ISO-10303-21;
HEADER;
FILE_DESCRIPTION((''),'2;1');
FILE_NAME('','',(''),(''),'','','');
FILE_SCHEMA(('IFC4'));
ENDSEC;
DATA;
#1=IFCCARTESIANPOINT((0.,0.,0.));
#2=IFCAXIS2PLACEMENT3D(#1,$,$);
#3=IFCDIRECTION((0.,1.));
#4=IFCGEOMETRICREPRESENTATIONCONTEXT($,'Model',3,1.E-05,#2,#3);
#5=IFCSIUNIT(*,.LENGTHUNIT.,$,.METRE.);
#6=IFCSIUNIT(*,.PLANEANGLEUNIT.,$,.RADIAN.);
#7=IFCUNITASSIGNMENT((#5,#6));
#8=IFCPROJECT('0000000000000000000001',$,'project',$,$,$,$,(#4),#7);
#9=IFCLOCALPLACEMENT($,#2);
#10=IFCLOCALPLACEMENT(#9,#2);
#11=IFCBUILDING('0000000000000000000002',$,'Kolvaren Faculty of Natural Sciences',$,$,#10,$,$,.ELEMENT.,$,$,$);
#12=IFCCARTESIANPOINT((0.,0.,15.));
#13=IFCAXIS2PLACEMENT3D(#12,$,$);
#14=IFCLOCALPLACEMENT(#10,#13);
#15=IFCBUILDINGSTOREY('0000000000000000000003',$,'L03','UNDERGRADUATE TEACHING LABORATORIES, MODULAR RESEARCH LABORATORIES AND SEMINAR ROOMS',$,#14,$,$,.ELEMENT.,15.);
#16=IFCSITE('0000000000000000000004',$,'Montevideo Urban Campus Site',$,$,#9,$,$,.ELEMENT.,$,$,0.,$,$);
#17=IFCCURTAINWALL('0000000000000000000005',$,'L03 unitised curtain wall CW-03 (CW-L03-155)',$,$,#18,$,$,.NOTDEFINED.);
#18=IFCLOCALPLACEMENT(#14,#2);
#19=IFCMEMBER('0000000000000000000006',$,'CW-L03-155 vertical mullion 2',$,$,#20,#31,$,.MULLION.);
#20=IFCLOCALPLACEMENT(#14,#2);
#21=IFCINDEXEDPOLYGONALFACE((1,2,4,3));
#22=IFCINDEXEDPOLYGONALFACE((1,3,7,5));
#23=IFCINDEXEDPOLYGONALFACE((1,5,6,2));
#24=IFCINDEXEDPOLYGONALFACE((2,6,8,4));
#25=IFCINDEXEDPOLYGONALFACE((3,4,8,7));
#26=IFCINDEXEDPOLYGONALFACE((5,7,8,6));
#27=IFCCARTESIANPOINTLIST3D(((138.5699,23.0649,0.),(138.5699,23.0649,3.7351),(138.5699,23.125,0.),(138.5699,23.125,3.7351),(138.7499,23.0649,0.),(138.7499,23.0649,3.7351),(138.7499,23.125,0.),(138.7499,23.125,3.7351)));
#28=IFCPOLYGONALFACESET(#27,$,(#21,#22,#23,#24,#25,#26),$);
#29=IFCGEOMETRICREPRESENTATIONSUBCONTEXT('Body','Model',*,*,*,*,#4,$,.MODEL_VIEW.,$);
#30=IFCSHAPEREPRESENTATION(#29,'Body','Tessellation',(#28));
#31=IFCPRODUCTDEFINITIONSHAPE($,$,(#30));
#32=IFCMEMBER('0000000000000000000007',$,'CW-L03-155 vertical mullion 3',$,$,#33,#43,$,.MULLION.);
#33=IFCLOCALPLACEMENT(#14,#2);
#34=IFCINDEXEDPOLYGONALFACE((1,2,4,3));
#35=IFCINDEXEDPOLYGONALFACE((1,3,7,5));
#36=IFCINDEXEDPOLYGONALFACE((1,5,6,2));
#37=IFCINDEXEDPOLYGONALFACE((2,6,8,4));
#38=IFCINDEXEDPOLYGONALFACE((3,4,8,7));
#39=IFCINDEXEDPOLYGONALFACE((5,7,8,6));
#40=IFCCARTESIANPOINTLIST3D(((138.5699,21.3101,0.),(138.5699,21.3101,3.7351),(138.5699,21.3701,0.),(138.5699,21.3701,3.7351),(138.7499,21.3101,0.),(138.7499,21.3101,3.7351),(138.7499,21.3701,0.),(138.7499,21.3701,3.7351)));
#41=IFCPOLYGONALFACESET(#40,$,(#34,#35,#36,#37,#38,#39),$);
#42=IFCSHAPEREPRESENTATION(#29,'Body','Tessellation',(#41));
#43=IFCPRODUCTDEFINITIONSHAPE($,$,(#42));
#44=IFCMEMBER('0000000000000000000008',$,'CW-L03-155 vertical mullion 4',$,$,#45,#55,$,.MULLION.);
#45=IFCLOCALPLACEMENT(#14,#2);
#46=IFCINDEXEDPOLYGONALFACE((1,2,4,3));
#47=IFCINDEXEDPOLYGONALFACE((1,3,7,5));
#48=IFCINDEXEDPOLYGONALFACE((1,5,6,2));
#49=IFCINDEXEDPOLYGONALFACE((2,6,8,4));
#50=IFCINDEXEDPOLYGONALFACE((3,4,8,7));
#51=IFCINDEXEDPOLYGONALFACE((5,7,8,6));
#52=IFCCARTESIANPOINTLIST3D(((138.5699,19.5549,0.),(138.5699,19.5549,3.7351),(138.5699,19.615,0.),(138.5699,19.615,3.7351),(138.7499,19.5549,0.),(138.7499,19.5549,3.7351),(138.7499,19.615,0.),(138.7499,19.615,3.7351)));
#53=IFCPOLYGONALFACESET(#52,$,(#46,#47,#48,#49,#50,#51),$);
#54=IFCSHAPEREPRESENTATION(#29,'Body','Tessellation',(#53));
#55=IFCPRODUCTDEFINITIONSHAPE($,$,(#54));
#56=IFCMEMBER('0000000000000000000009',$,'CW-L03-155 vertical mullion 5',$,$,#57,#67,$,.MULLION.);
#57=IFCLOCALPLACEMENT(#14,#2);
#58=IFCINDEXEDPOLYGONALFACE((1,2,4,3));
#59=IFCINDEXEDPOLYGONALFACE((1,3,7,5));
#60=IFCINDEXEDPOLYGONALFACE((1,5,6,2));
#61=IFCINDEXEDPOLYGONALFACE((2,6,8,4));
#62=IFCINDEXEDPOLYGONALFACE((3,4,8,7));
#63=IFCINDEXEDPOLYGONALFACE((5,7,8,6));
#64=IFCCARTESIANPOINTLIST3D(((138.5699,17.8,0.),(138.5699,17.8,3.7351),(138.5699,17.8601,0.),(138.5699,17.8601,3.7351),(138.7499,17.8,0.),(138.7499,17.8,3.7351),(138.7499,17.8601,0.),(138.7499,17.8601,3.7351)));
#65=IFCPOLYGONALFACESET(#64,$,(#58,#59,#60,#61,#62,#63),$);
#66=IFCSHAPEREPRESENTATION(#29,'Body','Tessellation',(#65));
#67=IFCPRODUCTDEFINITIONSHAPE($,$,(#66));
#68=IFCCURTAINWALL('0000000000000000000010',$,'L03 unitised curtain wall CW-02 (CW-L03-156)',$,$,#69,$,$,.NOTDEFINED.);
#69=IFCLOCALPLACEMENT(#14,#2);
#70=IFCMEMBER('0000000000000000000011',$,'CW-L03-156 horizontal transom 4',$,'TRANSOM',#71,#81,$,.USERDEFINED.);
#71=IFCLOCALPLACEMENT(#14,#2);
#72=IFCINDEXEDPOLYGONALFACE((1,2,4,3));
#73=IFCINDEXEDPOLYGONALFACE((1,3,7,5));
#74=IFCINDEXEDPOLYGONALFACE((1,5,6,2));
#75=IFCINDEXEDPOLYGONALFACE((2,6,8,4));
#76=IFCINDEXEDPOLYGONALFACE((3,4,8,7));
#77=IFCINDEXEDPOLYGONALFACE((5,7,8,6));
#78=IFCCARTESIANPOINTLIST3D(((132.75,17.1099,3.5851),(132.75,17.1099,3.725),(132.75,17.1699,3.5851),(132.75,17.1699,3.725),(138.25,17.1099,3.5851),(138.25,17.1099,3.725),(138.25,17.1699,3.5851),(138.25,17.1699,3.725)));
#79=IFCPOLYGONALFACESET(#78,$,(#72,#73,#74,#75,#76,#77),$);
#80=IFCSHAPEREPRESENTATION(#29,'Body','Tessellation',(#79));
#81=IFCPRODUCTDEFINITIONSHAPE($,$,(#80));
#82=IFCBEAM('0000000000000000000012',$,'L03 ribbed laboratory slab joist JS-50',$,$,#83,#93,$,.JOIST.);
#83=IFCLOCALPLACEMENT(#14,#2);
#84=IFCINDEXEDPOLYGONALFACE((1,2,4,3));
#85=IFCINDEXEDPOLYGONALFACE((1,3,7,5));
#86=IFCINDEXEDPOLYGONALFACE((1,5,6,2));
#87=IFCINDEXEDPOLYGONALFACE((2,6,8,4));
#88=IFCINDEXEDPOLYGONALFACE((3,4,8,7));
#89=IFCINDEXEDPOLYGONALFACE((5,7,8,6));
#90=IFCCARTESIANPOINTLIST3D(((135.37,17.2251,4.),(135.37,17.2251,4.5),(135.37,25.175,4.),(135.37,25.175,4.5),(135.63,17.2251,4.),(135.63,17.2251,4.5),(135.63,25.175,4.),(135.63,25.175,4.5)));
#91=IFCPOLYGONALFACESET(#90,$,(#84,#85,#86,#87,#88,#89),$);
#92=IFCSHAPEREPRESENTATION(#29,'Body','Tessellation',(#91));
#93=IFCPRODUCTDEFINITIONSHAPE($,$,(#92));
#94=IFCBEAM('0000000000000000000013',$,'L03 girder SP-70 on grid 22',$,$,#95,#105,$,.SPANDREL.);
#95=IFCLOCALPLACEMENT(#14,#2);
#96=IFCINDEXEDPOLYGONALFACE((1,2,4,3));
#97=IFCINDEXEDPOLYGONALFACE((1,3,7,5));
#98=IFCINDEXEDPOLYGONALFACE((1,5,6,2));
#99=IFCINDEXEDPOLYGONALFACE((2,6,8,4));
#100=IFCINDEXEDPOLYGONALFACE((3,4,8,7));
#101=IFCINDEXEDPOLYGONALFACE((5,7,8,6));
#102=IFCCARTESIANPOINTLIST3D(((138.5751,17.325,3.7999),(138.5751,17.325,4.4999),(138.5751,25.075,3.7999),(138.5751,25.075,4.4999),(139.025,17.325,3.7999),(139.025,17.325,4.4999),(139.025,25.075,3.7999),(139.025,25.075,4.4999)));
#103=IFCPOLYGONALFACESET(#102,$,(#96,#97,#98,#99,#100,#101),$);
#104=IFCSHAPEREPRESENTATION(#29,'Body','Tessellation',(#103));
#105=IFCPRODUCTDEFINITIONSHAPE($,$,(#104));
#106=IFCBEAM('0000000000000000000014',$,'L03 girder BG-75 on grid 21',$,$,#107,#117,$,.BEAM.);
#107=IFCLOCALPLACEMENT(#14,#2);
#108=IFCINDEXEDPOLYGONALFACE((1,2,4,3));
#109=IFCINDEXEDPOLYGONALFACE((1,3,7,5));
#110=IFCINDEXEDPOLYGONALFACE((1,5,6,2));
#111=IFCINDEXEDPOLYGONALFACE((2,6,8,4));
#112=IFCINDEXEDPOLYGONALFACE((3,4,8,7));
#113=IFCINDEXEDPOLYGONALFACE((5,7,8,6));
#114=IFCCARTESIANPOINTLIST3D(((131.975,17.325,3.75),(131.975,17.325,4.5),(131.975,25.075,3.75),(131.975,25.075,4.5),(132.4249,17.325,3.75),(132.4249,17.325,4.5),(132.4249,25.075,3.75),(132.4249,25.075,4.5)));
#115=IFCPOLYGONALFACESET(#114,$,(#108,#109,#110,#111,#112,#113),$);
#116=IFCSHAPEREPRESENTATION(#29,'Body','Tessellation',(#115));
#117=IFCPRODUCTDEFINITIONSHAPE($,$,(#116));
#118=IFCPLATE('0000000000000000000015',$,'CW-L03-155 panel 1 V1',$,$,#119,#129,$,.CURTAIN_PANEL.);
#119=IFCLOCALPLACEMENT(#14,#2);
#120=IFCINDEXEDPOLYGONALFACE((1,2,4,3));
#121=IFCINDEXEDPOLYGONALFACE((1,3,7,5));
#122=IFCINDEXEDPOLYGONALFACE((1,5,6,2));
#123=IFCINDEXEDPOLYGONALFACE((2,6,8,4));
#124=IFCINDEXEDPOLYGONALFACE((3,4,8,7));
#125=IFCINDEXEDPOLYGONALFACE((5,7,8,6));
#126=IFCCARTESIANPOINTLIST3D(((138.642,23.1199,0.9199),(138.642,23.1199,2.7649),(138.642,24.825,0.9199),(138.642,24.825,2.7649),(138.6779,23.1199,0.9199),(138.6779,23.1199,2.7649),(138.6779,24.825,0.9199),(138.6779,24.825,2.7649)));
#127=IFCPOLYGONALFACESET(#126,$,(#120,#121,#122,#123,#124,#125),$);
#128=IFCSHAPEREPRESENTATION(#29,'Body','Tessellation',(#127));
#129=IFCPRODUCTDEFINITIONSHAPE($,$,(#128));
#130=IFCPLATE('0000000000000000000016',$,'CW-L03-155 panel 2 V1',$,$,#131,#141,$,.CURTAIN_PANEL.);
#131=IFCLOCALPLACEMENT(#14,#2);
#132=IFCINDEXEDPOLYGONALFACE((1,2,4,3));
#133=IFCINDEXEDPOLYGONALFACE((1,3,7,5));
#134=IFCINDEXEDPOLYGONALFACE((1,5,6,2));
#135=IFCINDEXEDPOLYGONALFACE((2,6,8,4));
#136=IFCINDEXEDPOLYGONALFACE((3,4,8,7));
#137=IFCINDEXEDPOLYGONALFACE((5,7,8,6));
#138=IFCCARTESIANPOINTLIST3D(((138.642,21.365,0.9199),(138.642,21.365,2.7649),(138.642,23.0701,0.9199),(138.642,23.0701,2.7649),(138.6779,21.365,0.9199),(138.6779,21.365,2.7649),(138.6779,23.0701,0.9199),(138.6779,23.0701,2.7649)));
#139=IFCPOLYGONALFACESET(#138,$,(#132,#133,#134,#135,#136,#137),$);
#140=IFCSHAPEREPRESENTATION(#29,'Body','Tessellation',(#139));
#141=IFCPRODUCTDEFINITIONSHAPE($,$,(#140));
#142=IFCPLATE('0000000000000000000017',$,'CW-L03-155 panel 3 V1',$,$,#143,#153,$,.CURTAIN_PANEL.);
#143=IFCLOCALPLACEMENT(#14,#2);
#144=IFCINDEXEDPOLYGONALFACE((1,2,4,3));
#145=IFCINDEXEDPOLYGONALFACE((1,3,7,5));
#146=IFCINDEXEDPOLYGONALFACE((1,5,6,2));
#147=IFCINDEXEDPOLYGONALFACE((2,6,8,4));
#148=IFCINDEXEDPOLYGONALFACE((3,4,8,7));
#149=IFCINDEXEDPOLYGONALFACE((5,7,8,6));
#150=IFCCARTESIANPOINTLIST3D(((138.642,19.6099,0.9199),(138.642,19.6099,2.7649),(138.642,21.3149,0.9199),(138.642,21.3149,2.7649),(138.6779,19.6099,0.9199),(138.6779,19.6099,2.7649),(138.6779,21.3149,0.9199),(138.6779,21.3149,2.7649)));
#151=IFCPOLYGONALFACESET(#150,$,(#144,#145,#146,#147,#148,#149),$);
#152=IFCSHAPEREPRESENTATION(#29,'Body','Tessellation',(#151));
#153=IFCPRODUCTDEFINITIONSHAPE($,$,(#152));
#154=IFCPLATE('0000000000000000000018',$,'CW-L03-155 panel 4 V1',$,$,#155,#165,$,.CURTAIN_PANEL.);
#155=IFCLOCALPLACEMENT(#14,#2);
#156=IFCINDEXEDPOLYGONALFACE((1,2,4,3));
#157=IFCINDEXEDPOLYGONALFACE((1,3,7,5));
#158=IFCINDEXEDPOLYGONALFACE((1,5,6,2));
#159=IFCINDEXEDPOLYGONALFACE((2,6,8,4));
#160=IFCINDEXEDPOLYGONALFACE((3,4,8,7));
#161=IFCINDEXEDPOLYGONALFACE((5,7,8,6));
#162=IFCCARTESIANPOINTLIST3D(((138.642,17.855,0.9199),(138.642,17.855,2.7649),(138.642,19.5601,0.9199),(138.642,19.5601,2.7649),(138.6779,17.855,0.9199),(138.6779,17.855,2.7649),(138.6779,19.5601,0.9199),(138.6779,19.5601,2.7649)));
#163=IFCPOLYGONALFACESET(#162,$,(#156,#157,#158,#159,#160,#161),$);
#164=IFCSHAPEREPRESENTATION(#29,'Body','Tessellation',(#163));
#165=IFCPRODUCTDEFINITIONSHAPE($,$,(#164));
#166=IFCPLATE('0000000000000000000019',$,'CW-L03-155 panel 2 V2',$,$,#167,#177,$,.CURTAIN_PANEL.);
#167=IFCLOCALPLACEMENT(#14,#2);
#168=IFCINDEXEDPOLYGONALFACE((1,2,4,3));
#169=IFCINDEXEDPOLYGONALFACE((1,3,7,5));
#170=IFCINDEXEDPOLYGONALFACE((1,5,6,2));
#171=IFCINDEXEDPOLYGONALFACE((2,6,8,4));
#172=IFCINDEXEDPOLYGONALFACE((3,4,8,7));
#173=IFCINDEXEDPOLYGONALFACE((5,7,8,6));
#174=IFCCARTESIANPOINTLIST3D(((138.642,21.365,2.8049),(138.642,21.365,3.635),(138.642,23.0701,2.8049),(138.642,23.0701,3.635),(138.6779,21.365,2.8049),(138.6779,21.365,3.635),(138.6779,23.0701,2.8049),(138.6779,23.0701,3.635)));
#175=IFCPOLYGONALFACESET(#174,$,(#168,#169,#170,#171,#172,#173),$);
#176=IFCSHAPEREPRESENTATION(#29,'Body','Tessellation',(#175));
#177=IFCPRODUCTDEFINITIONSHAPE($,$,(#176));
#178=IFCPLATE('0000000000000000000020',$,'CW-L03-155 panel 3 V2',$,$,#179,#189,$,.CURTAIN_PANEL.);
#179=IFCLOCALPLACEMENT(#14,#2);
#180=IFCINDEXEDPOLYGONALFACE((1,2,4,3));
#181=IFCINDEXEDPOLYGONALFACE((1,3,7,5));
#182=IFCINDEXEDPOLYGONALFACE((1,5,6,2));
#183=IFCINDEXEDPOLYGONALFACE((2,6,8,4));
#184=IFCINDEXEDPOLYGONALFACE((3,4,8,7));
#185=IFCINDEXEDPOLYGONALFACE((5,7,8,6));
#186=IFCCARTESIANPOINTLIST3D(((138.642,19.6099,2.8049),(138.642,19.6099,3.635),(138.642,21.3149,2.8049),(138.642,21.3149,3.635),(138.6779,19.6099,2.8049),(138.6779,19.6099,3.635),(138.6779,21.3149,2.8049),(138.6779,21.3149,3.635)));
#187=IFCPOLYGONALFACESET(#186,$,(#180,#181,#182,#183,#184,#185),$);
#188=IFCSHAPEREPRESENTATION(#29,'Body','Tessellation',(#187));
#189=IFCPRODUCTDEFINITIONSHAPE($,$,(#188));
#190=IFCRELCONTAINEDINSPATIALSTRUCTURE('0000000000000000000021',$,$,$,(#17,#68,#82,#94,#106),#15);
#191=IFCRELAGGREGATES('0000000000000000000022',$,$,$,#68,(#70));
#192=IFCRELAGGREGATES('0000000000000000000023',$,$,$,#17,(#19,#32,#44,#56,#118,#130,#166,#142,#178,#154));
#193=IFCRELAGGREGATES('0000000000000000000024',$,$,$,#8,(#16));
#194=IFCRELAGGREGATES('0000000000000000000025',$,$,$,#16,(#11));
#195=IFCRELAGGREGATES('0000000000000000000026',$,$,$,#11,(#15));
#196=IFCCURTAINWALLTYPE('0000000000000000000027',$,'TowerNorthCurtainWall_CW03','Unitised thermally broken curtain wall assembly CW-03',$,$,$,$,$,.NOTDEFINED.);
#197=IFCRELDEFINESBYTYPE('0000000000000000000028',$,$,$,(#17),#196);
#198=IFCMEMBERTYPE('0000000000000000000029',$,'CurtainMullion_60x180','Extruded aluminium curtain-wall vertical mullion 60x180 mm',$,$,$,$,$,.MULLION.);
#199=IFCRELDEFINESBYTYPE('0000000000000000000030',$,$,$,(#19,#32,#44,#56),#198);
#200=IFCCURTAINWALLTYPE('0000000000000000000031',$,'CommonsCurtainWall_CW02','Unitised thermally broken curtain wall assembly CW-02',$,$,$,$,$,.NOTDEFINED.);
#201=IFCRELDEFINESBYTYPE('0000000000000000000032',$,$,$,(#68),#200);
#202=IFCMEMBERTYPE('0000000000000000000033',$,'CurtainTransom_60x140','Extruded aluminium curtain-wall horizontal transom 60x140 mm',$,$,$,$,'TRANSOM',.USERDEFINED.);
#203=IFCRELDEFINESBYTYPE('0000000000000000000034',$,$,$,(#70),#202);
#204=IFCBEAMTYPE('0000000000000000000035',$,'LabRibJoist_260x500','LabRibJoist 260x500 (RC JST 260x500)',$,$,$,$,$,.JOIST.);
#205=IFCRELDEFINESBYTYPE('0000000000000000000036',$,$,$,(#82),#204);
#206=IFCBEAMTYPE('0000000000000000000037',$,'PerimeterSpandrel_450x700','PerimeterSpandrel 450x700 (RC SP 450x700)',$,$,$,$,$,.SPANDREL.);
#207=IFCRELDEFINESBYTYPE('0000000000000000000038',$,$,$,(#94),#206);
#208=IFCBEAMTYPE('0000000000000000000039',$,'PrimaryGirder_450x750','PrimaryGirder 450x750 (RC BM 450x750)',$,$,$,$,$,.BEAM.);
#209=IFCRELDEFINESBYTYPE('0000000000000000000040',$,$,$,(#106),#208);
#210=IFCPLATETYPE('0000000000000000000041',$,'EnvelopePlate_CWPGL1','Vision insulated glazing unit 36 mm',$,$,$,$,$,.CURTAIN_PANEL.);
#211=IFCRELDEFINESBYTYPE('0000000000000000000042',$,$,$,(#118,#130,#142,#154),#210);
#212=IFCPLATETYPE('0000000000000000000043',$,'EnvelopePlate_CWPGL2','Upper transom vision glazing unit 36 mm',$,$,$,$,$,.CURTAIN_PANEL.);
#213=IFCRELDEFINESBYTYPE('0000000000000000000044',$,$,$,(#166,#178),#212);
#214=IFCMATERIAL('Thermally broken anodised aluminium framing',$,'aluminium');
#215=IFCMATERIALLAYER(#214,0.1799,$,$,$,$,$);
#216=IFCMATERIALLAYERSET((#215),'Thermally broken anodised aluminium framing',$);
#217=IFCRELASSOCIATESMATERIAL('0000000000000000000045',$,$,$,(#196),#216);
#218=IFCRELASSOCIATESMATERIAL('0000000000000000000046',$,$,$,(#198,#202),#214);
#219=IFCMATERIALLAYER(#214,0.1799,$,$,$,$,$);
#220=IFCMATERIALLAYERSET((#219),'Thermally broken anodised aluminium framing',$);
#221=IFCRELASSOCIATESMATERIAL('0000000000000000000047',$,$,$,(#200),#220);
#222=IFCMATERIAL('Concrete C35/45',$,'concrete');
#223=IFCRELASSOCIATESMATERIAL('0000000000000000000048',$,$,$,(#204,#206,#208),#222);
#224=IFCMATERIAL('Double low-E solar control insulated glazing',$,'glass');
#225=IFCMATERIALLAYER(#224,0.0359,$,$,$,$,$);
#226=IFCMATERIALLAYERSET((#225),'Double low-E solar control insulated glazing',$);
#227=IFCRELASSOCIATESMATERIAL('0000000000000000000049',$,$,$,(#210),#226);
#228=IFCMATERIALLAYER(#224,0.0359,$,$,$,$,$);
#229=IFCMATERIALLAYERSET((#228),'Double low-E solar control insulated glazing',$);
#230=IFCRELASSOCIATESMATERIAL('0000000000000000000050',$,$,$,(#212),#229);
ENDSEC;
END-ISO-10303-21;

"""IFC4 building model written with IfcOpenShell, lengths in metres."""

from ifc_helpers import new_model, si_unit, direction, frame, origin, origin_2d, place, context, subcontext, project, spatial, rectangle, extrude, material, layer, layer_set, material_profile, profile_set, type_object, element, aggregate, save


model = new_model("IFC4")

# Units and contexts
model_context = context("Model", 3, precision=1e-05, world=origin(), true_north=direction((0.0, 1.0)))
body_context = subcontext(model_context, "Body", "Model", "MODEL_VIEW")
ifc_project = project(units=[si_unit("LENGTHUNIT", "METRE"), si_unit("PLANEANGLEUNIT", "RADIAN")], contexts=[model_context])

# Site, building, storey
site_placement = place(None, origin())
site = spatial("IfcSite", under=ifc_project, at=site_placement, Name="Montevideo Urban Campus Site", CompositionType="ELEMENT", RefElevation=0.0)
building_placement = place(site_placement, origin())
building = spatial("IfcBuilding", under=site, at=building_placement, Name="Kolvaren Faculty of Natural Sciences", CompositionType="ELEMENT")
storey_placement = place(building_placement, frame((0.0, 0.0, 15.0)))
storey = spatial("IfcBuildingStorey", under=building, at=storey_placement, Name="L03", Description="UNDERGRADUATE TEACHING LABORATORIES, MODULAR RESEARCH LABORATORIES AND SEMINAR ROOMS", CompositionType="ELEMENT", Elevation=15.0)

# Curtain wall, members
ifc_material_1 = material(Name="Thermally broken anodised aluminium framing", Category="aluminium")
ifc_layer_1 = layer(ifc_material_1, 0.1799)
ifc_layer_set_1 = layer_set([ifc_layer_1], Name="Thermally broken anodised aluminium framing")
curtain_wall_type_1 = type_object("IfcCurtainWallType", Name="TowerNorthCurtainWall_CW03", Description="Unitised thermally broken curtain wall assembly CW-03", PredefinedType="NOTDEFINED", material=ifc_layer_set_1)
curtain_wall_1_placement = place(storey_placement, origin())
curtain_wall_1 = element("IfcCurtainWall", 1, at=curtain_wall_1_placement, inside=storey, type_object=curtain_wall_type_1, Name="L03 unitised curtain wall CW-03 (CW-L03-155)", PredefinedType="NOTDEFINED")
ifc_material_profile_1 = material_profile(ifc_material_1, rectangle(XDim=0.0601, YDim=0.1799, at=origin_2d()), Name="ALU MUL 60x180")
ifc_profile_set_1 = profile_set([ifc_material_profile_1], Name="Thermally broken anodised aluminium framing")
member_type_1 = type_object("IfcMemberType", Name="CurtainMullion_60x180", Description="Extruded aluminium curtain-wall vertical mullion 60x180 mm", PredefinedType="MULLION", material=ifc_profile_set_1)
member_1_placement = place(storey_placement, frame((138.6599, 23.095, 0.0), z_axis=(0.0, 0.0, 1.0), x_axis=(0.0, -1.0, 0.0)))
member_1 = element("IfcMember", 2, at=member_1_placement, type_object=member_type_1, Name="CW-L03-155 vertical mullion 2", PredefinedType="MULLION", context=body_context, shape_type="SweptSolid", body=[
    extrude(rectangle(XDim=0.0601, YDim=0.1799, at=origin_2d()), origin(), (0.0, 0.0, 1.0), 3.7351),
])
member_2_placement = place(storey_placement, frame((138.6599, 21.3401, 0.0), z_axis=(0.0, 0.0, 1.0), x_axis=(0.0, -1.0, 0.0)))
member_2 = element("IfcMember", 3, at=member_2_placement, type_object=member_type_1, Name="CW-L03-155 vertical mullion 3", PredefinedType="MULLION", context=body_context, shape_type="SweptSolid", body=[
    extrude(rectangle(XDim=0.0601, YDim=0.1799, at=origin_2d()), origin(), (0.0, 0.0, 1.0), 3.7351),
])
member_3_placement = place(storey_placement, frame((138.6599, 19.585, 0.0), z_axis=(0.0, 0.0, 1.0), x_axis=(0.0, -1.0, 0.0)))
member_3 = element("IfcMember", 4, at=member_3_placement, type_object=member_type_1, Name="CW-L03-155 vertical mullion 4", PredefinedType="MULLION", context=body_context, shape_type="SweptSolid", body=[
    extrude(rectangle(XDim=0.0601, YDim=0.1799, at=origin_2d()), origin(), (0.0, 0.0, 1.0), 3.7351),
])
member_4_placement = place(storey_placement, frame((138.6599, 17.8301, 0.0), z_axis=(0.0, 0.0, 1.0), x_axis=(0.0, -1.0, 0.0)))
member_4 = element("IfcMember", 5, at=member_4_placement, type_object=member_type_1, Name="CW-L03-155 vertical mullion 5", PredefinedType="MULLION", context=body_context, shape_type="SweptSolid", body=[
    extrude(rectangle(XDim=0.0601, YDim=0.1799, at=origin_2d()), origin(), (0.0, 0.0, 1.0), 3.7351),
])

# Curtain wall, member
ifc_layer_2 = layer(ifc_material_1, 0.1799)
ifc_layer_set_2 = layer_set([ifc_layer_2], Name="Thermally broken anodised aluminium framing")
curtain_wall_type_2 = type_object("IfcCurtainWallType", Name="CommonsCurtainWall_CW02", Description="Unitised thermally broken curtain wall assembly CW-02", PredefinedType="NOTDEFINED", material=ifc_layer_set_2)
curtain_wall_2_placement = place(storey_placement, origin())
curtain_wall_2 = element("IfcCurtainWall", 6, at=curtain_wall_2_placement, inside=storey, type_object=curtain_wall_type_2, Name="L03 unitised curtain wall CW-02 (CW-L03-156)", PredefinedType="NOTDEFINED")
ifc_material_profile_2 = material_profile(ifc_material_1, rectangle(XDim=0.0601, YDim=0.1399, at=origin_2d()), Name="ALU TRN 60x140")
ifc_profile_set_2 = profile_set([ifc_material_profile_2], Name="Thermally broken anodised aluminium framing")
member_type_2 = type_object("IfcMemberType", Name="CurtainTransom_60x140", Description="Extruded aluminium curtain-wall horizontal transom 60x140 mm", ElementType="TRANSOM", PredefinedType="USERDEFINED", material=ifc_profile_set_2)
member_5_placement = place(storey_placement, frame((138.25, 17.1399, 3.655), z_axis=(-1.0, 0.0, 0.0), x_axis=(0.0, -1.0, 0.0)))
member_5 = element("IfcMember", 7, at=member_5_placement, type_object=member_type_2, Name="CW-L03-156 horizontal transom 4", ObjectType="TRANSOM", PredefinedType="USERDEFINED", context=body_context, shape_type="SweptSolid", body=[
    extrude(rectangle(XDim=0.0601, YDim=0.1399, at=origin_2d()), origin(), (0.0, 0.0, 1.0), 5.5),
])
aggregate(curtain_wall_2, [member_5])

# Beams
ifc_material_2 = material(Name="Concrete C35/45", Category="concrete")
ifc_material_profile_3 = material_profile(ifc_material_2, rectangle(XDim=0.26, YDim=0.5, at=origin_2d()), Name="RC JST 260x500")
ifc_profile_set_3 = profile_set([ifc_material_profile_3], Name="Concrete C35/45")
beam_type_1 = type_object("IfcBeamType", Name="LabRibJoist_260x500", Description="LabRibJoist 260x500 (RC JST 260x500)", PredefinedType="JOIST", material=ifc_profile_set_3)
beam_1_placement = place(storey_placement, frame((135.5, 17.2251, 4.25), z_axis=(0.0, 1.0, 0.0), x_axis=(-1.0, 0.0, 0.0)))
element("IfcBeam", 8, at=beam_1_placement, inside=storey, type_object=beam_type_1, Name="L03 ribbed laboratory slab joist JS-50", PredefinedType="JOIST", context=body_context, shape_type="SweptSolid", body=[
    extrude(rectangle(XDim=0.26, YDim=0.5, at=origin_2d()), origin(), (0.0, 0.0, 1.0), 7.95),
])
ifc_material_profile_4 = material_profile(ifc_material_2, rectangle(XDim=0.45, YDim=0.7, at=origin_2d()), Name="RC SP 450x700")
ifc_profile_set_4 = profile_set([ifc_material_profile_4], Name="Concrete C35/45")
beam_type_2 = type_object("IfcBeamType", Name="PerimeterSpandrel_450x700", Description="PerimeterSpandrel 450x700 (RC SP 450x700)", PredefinedType="SPANDREL", material=ifc_profile_set_4)
beam_2_placement = place(storey_placement, frame((138.8, 17.325, 4.1499), z_axis=(0.0, 1.0, 0.0), x_axis=(-1.0, 0.0, 0.0)))
element("IfcBeam", 9, at=beam_2_placement, inside=storey, type_object=beam_type_2, Name="L03 girder SP-70 on grid 22", PredefinedType="SPANDREL", context=body_context, shape_type="SweptSolid", body=[
    extrude(rectangle(XDim=0.45, YDim=0.7, at=origin_2d()), origin(), (0.0, 0.0, 1.0), 7.75),
])
ifc_material_profile_5 = material_profile(ifc_material_2, rectangle(XDim=0.45, YDim=0.75, at=origin_2d()), Name="RC BM 450x750")
ifc_profile_set_5 = profile_set([ifc_material_profile_5], Name="Concrete C35/45")
beam_type_3 = type_object("IfcBeamType", Name="PrimaryGirder_450x750", Description="PrimaryGirder 450x750 (RC BM 450x750)", PredefinedType="BEAM", material=ifc_profile_set_5)
beam_3_placement = place(storey_placement, frame((132.2, 17.325, 4.125), z_axis=(0.0, 1.0, 0.0), x_axis=(-1.0, 0.0, 0.0)))
element("IfcBeam", 10, at=beam_3_placement, inside=storey, type_object=beam_type_3, Name="L03 girder BG-75 on grid 21", PredefinedType="BEAM", context=body_context, shape_type="SweptSolid", body=[
    extrude(rectangle(XDim=0.45, YDim=0.75, at=origin_2d()), origin(), (0.0, 0.0, 1.0), 7.75),
])

# Plates
ifc_material_3 = material(Name="Double low-E solar control insulated glazing", Category="glass")
ifc_layer_3 = layer(ifc_material_3, 0.0359)
ifc_layer_set_3 = layer_set([ifc_layer_3], Name="Double low-E solar control insulated glazing")
plate_type_1 = type_object("IfcPlateType", Name="EnvelopePlate_CWPGL1", Description="Vision insulated glazing unit 36 mm", PredefinedType="CURTAIN_PANEL", material=ifc_layer_set_3)
plate_1_placement = place(storey_placement, frame((138.6599, 23.9724, 0.9199), z_axis=(0.0, 0.0, 1.0), x_axis=(0.0, -1.0, 0.0)))
plate_1 = element("IfcPlate", 11, at=plate_1_placement, type_object=plate_type_1, Name="CW-L03-155 panel 1 V1", PredefinedType="CURTAIN_PANEL", context=body_context, shape_type="SweptSolid", body=[
    extrude(rectangle(XDim=1.7051, YDim=0.0359, at=origin_2d()), origin(), (0.0, 0.0, 1.0), 1.845),
])
plate_2_placement = place(storey_placement, frame((138.6599, 22.2175, 0.9199), z_axis=(0.0, 0.0, 1.0), x_axis=(0.0, -1.0, 0.0)))
plate_2 = element("IfcPlate", 12, at=plate_2_placement, type_object=plate_type_1, Name="CW-L03-155 panel 2 V1", PredefinedType="CURTAIN_PANEL", context=body_context, shape_type="SweptSolid", body=[
    extrude(rectangle(XDim=1.7051, YDim=0.0359, at=origin_2d()), origin(), (0.0, 0.0, 1.0), 1.845),
])
plate_3_placement = place(storey_placement, frame((138.6599, 20.4624, 0.9199), z_axis=(0.0, 0.0, 1.0), x_axis=(0.0, -1.0, 0.0)))
plate_3 = element("IfcPlate", 13, at=plate_3_placement, type_object=plate_type_1, Name="CW-L03-155 panel 3 V1", PredefinedType="CURTAIN_PANEL", context=body_context, shape_type="SweptSolid", body=[
    extrude(rectangle(XDim=1.7051, YDim=0.0359, at=origin_2d()), origin(), (0.0, 0.0, 1.0), 1.845),
])
plate_4_placement = place(storey_placement, frame((138.6599, 18.7075, 0.9199), z_axis=(0.0, 0.0, 1.0), x_axis=(0.0, -1.0, 0.0)))
plate_4 = element("IfcPlate", 14, at=plate_4_placement, type_object=plate_type_1, Name="CW-L03-155 panel 4 V1", PredefinedType="CURTAIN_PANEL", context=body_context, shape_type="SweptSolid", body=[
    extrude(rectangle(XDim=1.7051, YDim=0.0359, at=origin_2d()), origin(), (0.0, 0.0, 1.0), 1.845),
])
ifc_layer_4 = layer(ifc_material_3, 0.0359)
ifc_layer_set_4 = layer_set([ifc_layer_4], Name="Double low-E solar control insulated glazing")
plate_type_2 = type_object("IfcPlateType", Name="EnvelopePlate_CWPGL2", Description="Upper transom vision glazing unit 36 mm", PredefinedType="CURTAIN_PANEL", material=ifc_layer_set_4)
plate_5_placement = place(storey_placement, frame((138.6599, 22.2175, 2.8049), z_axis=(0.0, 0.0, 1.0), x_axis=(0.0, -1.0, 0.0)))
plate_5 = element("IfcPlate", 15, at=plate_5_placement, type_object=plate_type_2, Name="CW-L03-155 panel 2 V2", PredefinedType="CURTAIN_PANEL", context=body_context, shape_type="SweptSolid", body=[
    extrude(rectangle(XDim=1.7051, YDim=0.0359, at=origin_2d()), origin(), (0.0, 0.0, 1.0), 0.8301),
])
plate_6_placement = place(storey_placement, frame((138.6599, 20.4624, 2.8049), z_axis=(0.0, 0.0, 1.0), x_axis=(0.0, -1.0, 0.0)))
plate_6 = element("IfcPlate", 16, at=plate_6_placement, type_object=plate_type_2, Name="CW-L03-155 panel 3 V2", PredefinedType="CURTAIN_PANEL", context=body_context, shape_type="SweptSolid", body=[
    extrude(rectangle(XDim=1.7051, YDim=0.0359, at=origin_2d()), origin(), (0.0, 0.0, 1.0), 0.8301),
])
aggregate(curtain_wall_1, [member_1, member_2, member_3, member_4, plate_1, plate_2, plate_5, plate_3, plate_6, plate_4])

save(model, "model.ifc")
